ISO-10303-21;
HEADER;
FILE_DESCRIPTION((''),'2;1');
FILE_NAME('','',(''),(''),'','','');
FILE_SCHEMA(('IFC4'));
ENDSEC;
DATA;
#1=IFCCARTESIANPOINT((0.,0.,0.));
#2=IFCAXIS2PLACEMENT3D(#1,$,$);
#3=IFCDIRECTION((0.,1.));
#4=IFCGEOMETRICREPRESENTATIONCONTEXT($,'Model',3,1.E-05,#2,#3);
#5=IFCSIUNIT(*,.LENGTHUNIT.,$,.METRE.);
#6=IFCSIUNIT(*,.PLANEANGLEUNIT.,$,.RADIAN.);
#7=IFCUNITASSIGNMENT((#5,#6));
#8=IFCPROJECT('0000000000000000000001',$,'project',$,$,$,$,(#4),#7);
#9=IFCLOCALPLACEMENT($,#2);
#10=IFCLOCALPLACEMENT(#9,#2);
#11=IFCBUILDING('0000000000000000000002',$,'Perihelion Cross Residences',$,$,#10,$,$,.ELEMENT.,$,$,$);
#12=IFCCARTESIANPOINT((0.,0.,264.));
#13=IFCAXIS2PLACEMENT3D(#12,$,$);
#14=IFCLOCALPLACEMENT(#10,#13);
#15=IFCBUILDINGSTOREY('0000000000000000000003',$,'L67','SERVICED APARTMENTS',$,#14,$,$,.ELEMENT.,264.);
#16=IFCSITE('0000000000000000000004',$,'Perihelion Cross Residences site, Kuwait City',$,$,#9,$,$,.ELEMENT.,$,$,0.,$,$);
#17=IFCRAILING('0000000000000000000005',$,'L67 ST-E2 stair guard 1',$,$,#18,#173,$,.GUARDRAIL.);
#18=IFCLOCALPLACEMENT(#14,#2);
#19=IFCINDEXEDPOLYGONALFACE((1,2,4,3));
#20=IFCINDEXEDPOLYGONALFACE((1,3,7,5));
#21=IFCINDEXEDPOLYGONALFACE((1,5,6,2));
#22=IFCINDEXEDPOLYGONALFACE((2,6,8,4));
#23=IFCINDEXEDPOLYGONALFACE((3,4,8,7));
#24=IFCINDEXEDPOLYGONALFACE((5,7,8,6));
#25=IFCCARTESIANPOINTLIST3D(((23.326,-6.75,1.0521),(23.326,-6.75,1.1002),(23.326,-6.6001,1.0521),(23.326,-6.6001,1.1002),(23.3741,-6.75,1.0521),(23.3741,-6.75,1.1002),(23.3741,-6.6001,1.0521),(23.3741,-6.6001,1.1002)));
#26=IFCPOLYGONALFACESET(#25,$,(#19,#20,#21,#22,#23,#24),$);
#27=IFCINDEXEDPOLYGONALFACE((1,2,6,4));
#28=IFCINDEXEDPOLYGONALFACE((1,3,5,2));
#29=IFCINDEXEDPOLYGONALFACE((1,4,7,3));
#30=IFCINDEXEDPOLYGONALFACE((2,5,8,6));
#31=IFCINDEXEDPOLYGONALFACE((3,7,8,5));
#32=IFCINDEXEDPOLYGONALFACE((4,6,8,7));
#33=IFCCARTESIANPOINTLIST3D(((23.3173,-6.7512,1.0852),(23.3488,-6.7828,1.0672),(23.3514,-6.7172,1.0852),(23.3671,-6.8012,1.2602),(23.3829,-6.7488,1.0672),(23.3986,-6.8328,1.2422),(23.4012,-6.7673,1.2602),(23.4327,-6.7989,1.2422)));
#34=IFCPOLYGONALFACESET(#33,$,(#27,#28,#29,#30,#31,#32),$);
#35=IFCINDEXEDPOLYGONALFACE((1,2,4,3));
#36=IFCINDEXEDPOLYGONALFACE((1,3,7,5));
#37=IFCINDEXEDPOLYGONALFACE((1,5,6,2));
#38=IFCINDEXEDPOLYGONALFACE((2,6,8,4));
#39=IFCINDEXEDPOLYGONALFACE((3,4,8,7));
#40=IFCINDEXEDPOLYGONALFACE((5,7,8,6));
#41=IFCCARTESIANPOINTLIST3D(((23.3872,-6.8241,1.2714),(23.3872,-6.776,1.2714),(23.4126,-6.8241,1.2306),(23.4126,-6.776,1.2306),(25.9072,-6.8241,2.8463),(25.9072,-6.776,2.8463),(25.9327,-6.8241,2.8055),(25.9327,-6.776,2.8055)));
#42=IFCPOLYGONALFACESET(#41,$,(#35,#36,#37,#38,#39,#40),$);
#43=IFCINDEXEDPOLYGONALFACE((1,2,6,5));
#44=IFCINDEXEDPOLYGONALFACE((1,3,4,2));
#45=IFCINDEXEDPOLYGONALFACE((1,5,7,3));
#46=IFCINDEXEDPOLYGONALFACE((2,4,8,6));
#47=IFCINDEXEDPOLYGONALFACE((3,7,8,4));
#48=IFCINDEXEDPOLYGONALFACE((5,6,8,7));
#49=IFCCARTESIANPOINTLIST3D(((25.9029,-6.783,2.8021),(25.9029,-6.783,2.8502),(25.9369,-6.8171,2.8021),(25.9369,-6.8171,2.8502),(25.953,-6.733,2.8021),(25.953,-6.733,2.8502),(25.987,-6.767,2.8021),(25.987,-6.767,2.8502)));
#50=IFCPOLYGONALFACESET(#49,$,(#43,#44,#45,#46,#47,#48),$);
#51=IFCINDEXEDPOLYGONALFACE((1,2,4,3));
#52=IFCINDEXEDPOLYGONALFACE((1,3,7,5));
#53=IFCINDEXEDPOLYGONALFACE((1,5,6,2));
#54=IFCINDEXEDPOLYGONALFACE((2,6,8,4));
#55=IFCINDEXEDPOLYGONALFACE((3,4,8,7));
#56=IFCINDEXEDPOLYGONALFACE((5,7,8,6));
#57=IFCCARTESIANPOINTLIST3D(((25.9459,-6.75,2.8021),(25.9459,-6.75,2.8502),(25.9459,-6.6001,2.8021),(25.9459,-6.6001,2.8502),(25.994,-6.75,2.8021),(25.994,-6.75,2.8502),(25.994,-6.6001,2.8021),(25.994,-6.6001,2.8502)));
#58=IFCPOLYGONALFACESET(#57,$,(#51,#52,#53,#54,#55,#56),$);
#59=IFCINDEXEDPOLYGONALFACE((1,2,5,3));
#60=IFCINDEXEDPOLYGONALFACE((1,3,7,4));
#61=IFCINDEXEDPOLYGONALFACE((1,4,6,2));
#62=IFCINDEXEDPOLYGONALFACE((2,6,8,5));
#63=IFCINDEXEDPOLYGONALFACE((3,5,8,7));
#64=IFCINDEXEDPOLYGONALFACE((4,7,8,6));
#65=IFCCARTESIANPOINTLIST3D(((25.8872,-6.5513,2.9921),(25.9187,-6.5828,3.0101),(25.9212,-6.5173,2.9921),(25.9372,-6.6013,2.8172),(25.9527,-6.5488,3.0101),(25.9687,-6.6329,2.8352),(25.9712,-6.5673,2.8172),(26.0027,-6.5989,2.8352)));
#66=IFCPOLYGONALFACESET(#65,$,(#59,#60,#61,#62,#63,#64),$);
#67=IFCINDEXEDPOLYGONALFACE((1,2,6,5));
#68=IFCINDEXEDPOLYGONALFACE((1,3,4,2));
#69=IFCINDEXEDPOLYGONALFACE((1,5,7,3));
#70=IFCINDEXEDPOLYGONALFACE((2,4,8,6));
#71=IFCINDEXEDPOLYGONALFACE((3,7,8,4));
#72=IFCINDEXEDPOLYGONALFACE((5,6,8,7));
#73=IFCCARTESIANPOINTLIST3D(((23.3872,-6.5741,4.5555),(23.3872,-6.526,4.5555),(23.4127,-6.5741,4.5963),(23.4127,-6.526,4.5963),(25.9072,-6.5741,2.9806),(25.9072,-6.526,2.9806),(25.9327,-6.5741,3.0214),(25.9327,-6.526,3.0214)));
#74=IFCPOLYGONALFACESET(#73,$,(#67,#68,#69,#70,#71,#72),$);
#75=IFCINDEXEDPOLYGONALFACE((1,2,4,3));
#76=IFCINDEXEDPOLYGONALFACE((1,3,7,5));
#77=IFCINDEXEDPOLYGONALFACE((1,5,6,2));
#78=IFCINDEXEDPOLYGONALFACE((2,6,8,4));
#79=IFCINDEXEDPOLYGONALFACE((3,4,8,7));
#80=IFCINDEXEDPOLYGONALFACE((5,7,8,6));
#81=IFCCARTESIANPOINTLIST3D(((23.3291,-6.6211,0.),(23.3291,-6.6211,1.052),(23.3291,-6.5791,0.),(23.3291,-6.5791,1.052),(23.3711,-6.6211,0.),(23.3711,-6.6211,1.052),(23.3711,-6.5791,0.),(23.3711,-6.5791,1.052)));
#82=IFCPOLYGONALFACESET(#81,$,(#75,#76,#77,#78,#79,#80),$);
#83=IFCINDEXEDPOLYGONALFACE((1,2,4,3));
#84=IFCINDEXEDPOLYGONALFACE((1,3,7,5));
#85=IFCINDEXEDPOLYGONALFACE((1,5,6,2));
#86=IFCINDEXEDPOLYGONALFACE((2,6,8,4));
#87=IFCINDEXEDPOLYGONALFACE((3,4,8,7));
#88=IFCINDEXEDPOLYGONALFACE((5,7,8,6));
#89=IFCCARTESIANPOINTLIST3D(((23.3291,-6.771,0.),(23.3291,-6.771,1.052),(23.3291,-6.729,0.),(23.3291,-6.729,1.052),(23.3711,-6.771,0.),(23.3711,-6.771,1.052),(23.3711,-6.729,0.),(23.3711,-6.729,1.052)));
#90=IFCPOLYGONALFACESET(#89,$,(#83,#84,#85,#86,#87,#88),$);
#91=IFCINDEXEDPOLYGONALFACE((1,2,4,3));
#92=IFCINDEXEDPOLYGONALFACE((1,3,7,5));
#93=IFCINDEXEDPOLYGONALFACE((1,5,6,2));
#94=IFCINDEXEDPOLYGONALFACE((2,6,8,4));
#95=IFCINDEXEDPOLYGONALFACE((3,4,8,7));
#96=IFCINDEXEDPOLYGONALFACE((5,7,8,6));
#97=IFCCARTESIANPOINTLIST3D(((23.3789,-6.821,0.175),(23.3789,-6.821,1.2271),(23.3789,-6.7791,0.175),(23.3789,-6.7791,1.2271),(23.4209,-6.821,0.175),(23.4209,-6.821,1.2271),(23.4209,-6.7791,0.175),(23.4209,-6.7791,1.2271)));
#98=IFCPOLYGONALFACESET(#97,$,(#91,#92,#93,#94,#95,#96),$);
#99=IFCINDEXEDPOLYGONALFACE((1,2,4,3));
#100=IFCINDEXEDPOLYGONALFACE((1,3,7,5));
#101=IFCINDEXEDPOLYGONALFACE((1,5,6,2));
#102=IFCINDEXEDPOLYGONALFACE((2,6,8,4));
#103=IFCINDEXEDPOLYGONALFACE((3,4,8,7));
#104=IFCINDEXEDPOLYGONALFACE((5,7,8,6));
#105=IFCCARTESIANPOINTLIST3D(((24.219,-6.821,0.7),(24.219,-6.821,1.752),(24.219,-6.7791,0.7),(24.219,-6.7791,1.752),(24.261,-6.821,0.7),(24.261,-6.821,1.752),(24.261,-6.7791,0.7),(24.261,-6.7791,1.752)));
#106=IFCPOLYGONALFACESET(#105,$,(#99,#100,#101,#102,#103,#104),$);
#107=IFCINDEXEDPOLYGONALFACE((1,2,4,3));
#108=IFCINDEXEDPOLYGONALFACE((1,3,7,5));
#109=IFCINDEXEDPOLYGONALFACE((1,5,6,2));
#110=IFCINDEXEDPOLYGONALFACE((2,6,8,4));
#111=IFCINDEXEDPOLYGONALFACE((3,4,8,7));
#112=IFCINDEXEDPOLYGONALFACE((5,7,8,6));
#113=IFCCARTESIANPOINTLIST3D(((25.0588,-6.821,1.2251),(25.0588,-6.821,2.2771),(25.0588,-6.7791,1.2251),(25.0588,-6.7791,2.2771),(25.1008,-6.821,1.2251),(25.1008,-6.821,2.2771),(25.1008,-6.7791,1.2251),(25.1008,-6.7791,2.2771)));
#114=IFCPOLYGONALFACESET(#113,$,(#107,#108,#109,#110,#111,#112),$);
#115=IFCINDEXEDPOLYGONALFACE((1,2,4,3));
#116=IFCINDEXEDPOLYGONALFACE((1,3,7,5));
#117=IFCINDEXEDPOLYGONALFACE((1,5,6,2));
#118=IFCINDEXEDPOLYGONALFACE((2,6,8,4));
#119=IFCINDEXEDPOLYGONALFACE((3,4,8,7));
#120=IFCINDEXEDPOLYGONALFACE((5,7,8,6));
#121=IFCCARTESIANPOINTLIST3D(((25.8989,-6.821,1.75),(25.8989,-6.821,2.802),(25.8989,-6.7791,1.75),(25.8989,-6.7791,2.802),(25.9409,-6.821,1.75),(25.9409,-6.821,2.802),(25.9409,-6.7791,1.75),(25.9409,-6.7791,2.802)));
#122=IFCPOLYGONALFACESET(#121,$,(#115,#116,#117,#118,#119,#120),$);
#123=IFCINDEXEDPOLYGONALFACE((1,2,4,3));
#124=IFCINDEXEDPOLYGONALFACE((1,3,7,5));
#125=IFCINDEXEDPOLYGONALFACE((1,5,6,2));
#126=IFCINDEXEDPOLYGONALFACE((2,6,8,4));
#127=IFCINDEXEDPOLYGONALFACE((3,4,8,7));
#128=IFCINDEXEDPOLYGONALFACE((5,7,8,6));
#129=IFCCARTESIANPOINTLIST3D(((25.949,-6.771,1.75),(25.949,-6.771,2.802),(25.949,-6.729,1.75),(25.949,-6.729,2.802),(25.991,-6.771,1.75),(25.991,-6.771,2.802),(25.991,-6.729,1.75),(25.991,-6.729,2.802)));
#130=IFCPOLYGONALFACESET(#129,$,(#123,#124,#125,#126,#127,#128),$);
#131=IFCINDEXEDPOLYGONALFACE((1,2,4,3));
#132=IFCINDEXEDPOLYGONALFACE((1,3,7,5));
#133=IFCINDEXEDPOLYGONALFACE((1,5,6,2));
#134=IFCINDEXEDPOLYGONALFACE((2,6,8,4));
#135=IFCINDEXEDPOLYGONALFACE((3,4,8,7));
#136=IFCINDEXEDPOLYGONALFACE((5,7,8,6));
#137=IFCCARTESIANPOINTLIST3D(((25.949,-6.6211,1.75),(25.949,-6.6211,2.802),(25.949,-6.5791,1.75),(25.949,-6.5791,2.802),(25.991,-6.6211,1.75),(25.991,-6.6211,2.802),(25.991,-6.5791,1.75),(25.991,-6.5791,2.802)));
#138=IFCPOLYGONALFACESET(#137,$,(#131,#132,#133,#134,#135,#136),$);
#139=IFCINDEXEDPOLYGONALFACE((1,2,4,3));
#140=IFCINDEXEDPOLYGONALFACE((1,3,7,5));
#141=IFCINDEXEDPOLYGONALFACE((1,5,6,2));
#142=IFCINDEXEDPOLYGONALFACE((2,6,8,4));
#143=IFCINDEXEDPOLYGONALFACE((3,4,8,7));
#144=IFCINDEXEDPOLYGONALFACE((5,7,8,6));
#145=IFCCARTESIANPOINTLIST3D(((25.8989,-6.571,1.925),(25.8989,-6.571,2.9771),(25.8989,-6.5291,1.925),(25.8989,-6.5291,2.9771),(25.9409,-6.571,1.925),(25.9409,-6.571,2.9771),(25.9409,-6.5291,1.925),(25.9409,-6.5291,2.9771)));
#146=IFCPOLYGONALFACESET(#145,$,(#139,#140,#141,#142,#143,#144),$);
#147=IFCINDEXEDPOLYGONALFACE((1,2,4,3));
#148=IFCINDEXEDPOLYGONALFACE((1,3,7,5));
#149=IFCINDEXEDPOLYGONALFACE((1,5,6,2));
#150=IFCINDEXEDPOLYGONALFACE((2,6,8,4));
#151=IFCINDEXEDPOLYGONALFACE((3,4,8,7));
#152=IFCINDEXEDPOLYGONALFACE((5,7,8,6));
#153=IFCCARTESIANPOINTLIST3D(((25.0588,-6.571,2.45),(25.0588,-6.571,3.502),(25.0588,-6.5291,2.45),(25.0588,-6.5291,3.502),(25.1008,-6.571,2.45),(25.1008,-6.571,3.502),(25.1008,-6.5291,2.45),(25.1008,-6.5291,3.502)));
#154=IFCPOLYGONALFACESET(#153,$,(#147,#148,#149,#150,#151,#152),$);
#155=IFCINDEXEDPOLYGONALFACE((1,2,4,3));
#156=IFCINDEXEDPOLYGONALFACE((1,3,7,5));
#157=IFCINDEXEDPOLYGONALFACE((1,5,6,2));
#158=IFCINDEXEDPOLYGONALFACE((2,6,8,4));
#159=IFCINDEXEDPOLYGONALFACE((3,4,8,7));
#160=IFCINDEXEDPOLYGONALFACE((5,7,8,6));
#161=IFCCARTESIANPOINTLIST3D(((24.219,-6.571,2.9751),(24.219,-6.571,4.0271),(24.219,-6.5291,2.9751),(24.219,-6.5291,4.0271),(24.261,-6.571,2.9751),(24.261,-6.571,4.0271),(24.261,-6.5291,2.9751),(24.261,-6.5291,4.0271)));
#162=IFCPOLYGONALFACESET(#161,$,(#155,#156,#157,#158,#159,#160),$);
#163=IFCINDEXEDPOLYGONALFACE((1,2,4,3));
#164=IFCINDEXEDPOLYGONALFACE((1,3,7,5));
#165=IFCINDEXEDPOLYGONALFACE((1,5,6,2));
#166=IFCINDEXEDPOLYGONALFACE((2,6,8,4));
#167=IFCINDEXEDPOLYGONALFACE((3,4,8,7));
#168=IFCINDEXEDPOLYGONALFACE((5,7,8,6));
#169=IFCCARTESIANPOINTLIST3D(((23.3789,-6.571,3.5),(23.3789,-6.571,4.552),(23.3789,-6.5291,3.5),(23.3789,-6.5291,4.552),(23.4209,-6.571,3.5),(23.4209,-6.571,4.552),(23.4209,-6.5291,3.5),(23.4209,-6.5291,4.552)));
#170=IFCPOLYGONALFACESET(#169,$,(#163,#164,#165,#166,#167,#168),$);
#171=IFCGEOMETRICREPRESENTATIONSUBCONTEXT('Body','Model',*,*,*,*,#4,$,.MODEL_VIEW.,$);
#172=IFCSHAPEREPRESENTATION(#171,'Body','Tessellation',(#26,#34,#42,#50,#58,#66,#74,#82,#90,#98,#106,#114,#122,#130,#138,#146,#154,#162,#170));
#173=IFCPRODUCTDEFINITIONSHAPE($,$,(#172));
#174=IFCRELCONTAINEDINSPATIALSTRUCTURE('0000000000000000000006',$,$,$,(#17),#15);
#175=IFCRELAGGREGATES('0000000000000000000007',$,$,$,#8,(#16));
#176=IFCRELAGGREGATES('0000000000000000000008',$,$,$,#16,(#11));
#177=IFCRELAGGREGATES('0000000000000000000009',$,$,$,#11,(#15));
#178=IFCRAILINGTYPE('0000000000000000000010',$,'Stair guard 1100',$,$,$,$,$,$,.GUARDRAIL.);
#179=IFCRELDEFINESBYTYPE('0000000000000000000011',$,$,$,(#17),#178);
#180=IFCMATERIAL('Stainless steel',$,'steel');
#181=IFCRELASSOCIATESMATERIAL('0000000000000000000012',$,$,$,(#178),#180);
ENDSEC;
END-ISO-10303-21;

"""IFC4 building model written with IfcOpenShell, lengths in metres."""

from ifc_helpers import new_model, si_unit, direction, frame, origin, origin_2d, place, context, subcontext, project, spatial, rectangle, extrude, material, type_object, element, save


model = new_model("IFC4")

# Units and contexts
model_context = context("Model", 3, precision=1e-05, world=origin(), true_north=direction((0.0, 1.0)))
body_context = subcontext(model_context, "Body", "Model", "MODEL_VIEW")
ifc_project = project(units=[si_unit("LENGTHUNIT", "METRE"), si_unit("PLANEANGLEUNIT", "RADIAN")], contexts=[model_context])

# Site, building, storey
site_placement = place(None, origin())
site = spatial("IfcSite", under=ifc_project, at=site_placement, Name="Perihelion Cross Residences site, Kuwait City", CompositionType="ELEMENT", RefElevation=0.0)
building_placement = place(site_placement, origin())
building = spatial("IfcBuilding", under=site, at=building_placement, Name="Perihelion Cross Residences", CompositionType="ELEMENT")
storey_placement = place(building_placement, frame((0.0, 0.0, 264.0)))
storey = spatial("IfcBuildingStorey", under=building, at=storey_placement, Name="L67", Description="SERVICED APARTMENTS", CompositionType="ELEMENT", Elevation=264.0)

# Railing
ifc_material_1 = material(Name="Stainless steel", Category="steel")
railing_type_1 = type_object("IfcRailingType", Name="Stair guard 1100", PredefinedType="GUARDRAIL", material=ifc_material_1)
railing_1_placement = place(storey_placement, frame((23.3501, -6.6001, 0.0)))
element("IfcRailing", 1, at=railing_1_placement, inside=storey, type_object=railing_type_1, Name="L67 ST-E2 stair guard 1", PredefinedType="GUARDRAIL", context=body_context, shape_type="SweptSolid", body=[
    extrude(rectangle(XDim=0.0481, YDim=0.0481, at=origin_2d()), frame((0.0, 0.0, 1.0762), z_axis=(0.0, -1.0, 0.0), x_axis=(1.0, 0.0, 0.0)), (0.0, 0.0, 1.0), 0.1499),
    extrude(rectangle(XDim=0.0481, YDim=0.0481, at=origin_2d()), frame((0.0, -0.1499, 1.0762), z_axis=(0.263862, -0.265156, 0.927399), x_axis=(0.708834, 0.705376, 0.0)), (0.0, 0.0, 1.0), 0.1887),
    extrude(rectangle(XDim=0.0481, YDim=0.0481, at=origin_2d()), frame((0.0498, -0.2, 1.251), z_axis=(0.848008, 0.0, 0.529984), x_axis=(0.0, 1.0, 0.0)), (0.0, 0.0, 1.0), 2.9717),
    extrude(rectangle(XDim=0.0481, YDim=0.0481, at=origin_2d()), frame((2.5698, -0.2, 2.8262), z_axis=(0.707107, 0.707107, 0.0), x_axis=(-0.707107, 0.707107, 0.0)), (0.0, 0.0, 1.0), 0.0708),
    extrude(rectangle(XDim=0.0481, YDim=0.0481, at=origin_2d()), frame((2.6199, -0.1499, 2.8262), z_axis=(0.0, 1.0, 0.0), x_axis=(-1.0, 0.0, 0.0)), (0.0, 0.0, 1.0), 0.1499),
    extrude(rectangle(XDim=0.0481, YDim=0.0481, at=origin_2d()), frame((2.6199, 0.0, 2.8262), z_axis=(-0.265065, 0.265065, 0.927082), x_axis=(-0.707107, -0.707107, 0.0)), (0.0, 0.0, 1.0), 0.1887),
    extrude(rectangle(XDim=0.0481, YDim=0.0481, at=origin_2d()), frame((2.5698, 0.05, 3.001), z_axis=(-0.848008, 0.0, 0.529984), x_axis=(0.0, -1.0, 0.0)), (0.0, 0.0, 1.0), 2.9717),
    extrude(rectangle(XDim=0.042, YDim=0.042, at=origin_2d()), origin(), (0.0, 0.0, 1.0), 1.052),
    extrude(rectangle(XDim=0.042, YDim=0.042, at=origin_2d()), frame((0.0, -0.1499, 0.0)), (0.0, 0.0, 1.0), 1.052),
    extrude(rectangle(XDim=0.042, YDim=0.042, at=origin_2d()), frame((0.0498, -0.2, 0.175)), (0.0, 0.0, 1.0), 1.052),
    extrude(rectangle(XDim=0.042, YDim=0.042, at=origin_2d()), frame((0.8899, -0.2, 0.7)), (0.0, 0.0, 1.0), 1.052),
    extrude(rectangle(XDim=0.042, YDim=0.042, at=origin_2d()), frame((1.7297, -0.2, 1.2251)), (0.0, 0.0, 1.0), 1.052),
    extrude(rectangle(XDim=0.042, YDim=0.042, at=origin_2d()), frame((2.5698, -0.2, 1.75)), (0.0, 0.0, 1.0), 1.052),
    extrude(rectangle(XDim=0.042, YDim=0.042, at=origin_2d()), frame((2.6199, -0.1499, 1.75)), (0.0, 0.0, 1.0), 1.052),
    extrude(rectangle(XDim=0.042, YDim=0.042, at=origin_2d()), frame((2.6199, 0.0, 1.75)), (0.0, 0.0, 1.0), 1.052),
    extrude(rectangle(XDim=0.042, YDim=0.042, at=origin_2d()), frame((2.5698, 0.05, 1.925)), (0.0, 0.0, 1.0), 1.052),
    extrude(rectangle(XDim=0.042, YDim=0.042, at=origin_2d()), frame((1.7297, 0.05, 2.45)), (0.0, 0.0, 1.0), 1.052),
    extrude(rectangle(XDim=0.042, YDim=0.042, at=origin_2d()), frame((0.8899, 0.05, 2.9751)), (0.0, 0.0, 1.0), 1.052),
    extrude(rectangle(XDim=0.042, YDim=0.042, at=origin_2d()), frame((0.0498, 0.05, 3.5)), (0.0, 0.0, 1.0), 1.052),
])

save(model, "model.ifc")
